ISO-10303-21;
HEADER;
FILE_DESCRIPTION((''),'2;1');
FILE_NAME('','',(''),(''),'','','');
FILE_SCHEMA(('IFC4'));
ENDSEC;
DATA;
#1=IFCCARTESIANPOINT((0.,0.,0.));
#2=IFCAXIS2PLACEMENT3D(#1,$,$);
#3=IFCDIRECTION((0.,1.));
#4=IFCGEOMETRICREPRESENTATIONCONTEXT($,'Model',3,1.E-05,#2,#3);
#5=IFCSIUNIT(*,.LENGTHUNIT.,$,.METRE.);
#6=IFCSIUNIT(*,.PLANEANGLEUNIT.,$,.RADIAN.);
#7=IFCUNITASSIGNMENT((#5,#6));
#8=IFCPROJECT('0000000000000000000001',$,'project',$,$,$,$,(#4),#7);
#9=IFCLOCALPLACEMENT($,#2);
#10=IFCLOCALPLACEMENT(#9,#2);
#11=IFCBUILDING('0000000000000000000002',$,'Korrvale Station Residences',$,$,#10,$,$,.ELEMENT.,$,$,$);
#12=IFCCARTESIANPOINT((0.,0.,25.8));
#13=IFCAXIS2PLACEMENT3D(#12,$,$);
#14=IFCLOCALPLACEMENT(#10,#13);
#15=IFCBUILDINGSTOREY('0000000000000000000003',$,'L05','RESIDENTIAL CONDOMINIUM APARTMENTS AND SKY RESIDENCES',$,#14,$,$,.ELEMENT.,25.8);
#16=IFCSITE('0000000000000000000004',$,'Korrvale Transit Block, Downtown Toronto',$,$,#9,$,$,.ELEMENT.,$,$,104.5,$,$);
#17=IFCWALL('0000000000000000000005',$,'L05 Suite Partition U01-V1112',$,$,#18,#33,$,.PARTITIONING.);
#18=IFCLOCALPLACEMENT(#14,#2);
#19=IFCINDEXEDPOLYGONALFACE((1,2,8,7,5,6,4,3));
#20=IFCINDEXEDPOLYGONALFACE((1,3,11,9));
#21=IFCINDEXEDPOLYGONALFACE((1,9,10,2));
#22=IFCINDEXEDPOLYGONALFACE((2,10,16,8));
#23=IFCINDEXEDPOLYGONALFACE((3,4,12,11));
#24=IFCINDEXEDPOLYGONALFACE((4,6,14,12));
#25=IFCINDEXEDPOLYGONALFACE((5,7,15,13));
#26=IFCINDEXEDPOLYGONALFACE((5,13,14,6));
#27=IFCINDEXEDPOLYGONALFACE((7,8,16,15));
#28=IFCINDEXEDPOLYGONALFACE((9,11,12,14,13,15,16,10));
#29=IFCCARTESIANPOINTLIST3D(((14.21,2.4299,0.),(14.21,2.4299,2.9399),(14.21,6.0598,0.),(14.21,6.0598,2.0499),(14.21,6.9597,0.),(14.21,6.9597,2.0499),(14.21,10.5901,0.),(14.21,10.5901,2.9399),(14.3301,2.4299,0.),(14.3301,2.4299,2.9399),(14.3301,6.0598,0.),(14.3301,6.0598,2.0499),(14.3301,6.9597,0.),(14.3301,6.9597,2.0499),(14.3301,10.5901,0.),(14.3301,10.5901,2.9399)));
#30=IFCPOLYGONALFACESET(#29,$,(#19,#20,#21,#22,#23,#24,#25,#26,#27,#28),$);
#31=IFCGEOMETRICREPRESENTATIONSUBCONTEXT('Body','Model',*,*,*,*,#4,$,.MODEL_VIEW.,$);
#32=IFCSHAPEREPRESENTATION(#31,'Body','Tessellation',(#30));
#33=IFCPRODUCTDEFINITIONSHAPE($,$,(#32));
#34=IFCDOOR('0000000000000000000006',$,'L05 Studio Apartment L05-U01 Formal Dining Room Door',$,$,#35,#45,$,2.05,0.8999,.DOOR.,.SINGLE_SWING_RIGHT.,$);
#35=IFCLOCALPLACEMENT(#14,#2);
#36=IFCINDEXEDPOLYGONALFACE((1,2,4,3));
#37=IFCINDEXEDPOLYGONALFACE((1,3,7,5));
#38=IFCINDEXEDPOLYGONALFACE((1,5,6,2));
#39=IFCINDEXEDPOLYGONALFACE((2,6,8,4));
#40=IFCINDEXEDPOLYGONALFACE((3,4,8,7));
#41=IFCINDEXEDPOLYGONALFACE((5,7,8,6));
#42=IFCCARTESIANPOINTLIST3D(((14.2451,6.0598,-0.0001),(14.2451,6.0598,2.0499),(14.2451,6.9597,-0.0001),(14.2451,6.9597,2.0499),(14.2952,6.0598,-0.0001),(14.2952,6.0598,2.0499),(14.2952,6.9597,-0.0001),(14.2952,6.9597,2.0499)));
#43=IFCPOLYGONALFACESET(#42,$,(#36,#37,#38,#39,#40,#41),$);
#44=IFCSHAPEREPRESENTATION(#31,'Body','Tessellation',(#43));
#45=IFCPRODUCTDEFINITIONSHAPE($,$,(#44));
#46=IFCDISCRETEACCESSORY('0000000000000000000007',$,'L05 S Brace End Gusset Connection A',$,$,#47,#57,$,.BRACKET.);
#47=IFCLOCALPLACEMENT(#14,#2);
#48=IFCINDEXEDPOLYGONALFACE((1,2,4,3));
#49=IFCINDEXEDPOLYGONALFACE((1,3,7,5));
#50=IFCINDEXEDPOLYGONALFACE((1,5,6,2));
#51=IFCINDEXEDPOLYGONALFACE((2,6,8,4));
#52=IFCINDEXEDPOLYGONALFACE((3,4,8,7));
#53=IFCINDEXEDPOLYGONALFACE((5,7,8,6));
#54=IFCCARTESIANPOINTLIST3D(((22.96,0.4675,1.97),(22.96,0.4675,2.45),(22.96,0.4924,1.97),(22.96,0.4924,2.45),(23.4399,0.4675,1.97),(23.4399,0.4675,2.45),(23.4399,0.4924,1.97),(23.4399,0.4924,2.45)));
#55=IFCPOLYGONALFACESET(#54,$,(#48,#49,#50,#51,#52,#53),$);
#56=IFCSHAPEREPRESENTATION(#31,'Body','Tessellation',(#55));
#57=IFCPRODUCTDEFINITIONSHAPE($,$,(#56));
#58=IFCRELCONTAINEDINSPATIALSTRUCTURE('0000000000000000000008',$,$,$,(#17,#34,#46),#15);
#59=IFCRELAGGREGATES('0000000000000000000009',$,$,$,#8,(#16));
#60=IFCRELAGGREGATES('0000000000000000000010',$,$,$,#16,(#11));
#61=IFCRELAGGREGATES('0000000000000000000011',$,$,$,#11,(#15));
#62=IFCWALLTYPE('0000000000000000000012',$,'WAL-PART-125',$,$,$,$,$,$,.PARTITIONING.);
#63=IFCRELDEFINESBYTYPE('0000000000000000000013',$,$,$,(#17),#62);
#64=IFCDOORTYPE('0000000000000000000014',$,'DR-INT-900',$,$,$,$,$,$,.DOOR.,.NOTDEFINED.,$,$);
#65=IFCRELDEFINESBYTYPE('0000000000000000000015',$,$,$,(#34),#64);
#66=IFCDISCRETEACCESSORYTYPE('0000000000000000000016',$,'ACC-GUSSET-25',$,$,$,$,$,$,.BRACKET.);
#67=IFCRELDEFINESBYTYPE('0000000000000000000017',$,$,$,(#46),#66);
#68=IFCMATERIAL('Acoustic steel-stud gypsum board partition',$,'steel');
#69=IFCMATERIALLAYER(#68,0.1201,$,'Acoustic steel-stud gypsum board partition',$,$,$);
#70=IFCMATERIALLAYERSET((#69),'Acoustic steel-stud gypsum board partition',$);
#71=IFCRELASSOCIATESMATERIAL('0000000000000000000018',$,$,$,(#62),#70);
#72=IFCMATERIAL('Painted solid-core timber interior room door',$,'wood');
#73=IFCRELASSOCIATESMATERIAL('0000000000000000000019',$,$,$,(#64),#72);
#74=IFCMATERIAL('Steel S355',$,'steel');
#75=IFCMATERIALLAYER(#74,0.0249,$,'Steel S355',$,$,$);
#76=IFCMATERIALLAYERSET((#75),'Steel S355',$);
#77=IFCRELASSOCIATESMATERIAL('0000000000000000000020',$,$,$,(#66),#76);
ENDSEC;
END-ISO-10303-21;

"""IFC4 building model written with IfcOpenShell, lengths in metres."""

from ifc_helpers import new_model, si_unit, direction, frame, frame_2d, origin, origin_2d, place, context, subcontext, project, spatial, rectangle, extrude, material, layer, layer_set, type_object, element, fill, save


model = new_model("IFC4")

# Units and contexts
model_context = context("Model", 3, precision=1e-05, world=origin(), true_north=direction((0.0, 1.0)))
body_context = subcontext(model_context, "Body", "Model", "MODEL_VIEW")
ifc_project = project(units=[si_unit("LENGTHUNIT", "METRE"), si_unit("PLANEANGLEUNIT", "RADIAN")], contexts=[model_context])

# Site, building, storey
site_placement = place(None, origin())
site = spatial("IfcSite", under=ifc_project, at=site_placement, Name="Korrvale Transit Block, Downtown Toronto", CompositionType="ELEMENT", RefElevation=104.5)
building_placement = place(site_placement, origin())
building = spatial("IfcBuilding", under=site, at=building_placement, Name="Korrvale Station Residences", CompositionType="ELEMENT")
storey_placement = place(building_placement, frame((0.0, 0.0, 25.8)))
storey = spatial("IfcBuildingStorey", under=building, at=storey_placement, Name="L05", Description="RESIDENTIAL CONDOMINIUM APARTMENTS AND SKY RESIDENCES", CompositionType="ELEMENT", Elevation=25.8)

# Shared definitions
ifc_material_1 = material(Name="Steel S355", Category="steel")

# Shared definitions
ifc_material_2 = material(Name="Acoustic steel-stud gypsum board partition", Category="steel")
ifc_layer_1 = layer(ifc_material_2, 0.1201, Name="Acoustic steel-stud gypsum board partition")
ifc_layer_set_1 = layer_set([ifc_layer_1], Name="Acoustic steel-stud gypsum board partition")
wall_type_1 = type_object("IfcWallType", Name="WAL-PART-125", PredefinedType="PARTITIONING", material=ifc_layer_set_1)
ifc_material_3 = material(Name="Painted solid-core timber interior room door", Category="wood")
door_type_1 = type_object("IfcDoorType", Name="DR-INT-900", OperationType="NOTDEFINED", PredefinedType="DOOR", material=ifc_material_3)

# Wall, opening, door
wall_1_placement = place(storey_placement, frame((14.27, 2.4299, 0.0), z_axis=(0.0, 0.0, 1.0), x_axis=(0.0, 1.0, 0.0)))
wall_1 = element("IfcWall", 1, at=wall_1_placement, inside=storey, type_object=wall_type_1, Name="L05 Suite Partition U01-V1112", PredefinedType="PARTITIONING", context=body_context, shape_type="SweptSolid", body=[
    extrude(rectangle(XDim=8.1602, YDim=0.1201, at=frame_2d((4.0801, 0.0))), origin(), (0.0, 0.0, 1.0), 2.9399),
])
opening_1_placement = place(wall_1_placement, frame((3.6299, 0.0, 0.0)))
opening_1 = element("IfcOpeningElement", 2, at=opening_1_placement, cuts=wall_1, PredefinedType="OPENING", context=body_context, shape_type="SweptSolid", body=[
    extrude(rectangle(XDim=0.8999, YDim=2.05, at=frame_2d((0.45, 1.0249))), frame((0.0, 0.0701, 0.0), z_axis=(0.0, -1.0, 0.0), x_axis=(1.0, 0.0, 0.0)), (0.0, 0.0, 1.0), 0.1401),
])
door_1_placement = place(opening_1_placement, origin())
door_1 = element("IfcDoor", 3, at=door_1_placement, inside=storey, type_object=door_type_1, Name="L05 Studio Apartment L05-U01 Formal Dining Room Door", OperationType="SINGLE_SWING_RIGHT", OverallHeight=2.05, OverallWidth=0.8999, PredefinedType="DOOR", context=body_context, shape_type="SweptSolid", body=[
    extrude(rectangle(XDim=0.8999, YDim=2.05, at=frame_2d((0.45, 1.0249))), frame((0.0, 0.0249, 0.0), z_axis=(0.0, -1.0, 0.0), x_axis=(1.0, 0.0, 0.0)), (0.0, 0.0, 1.0), 0.05),
])
fill(opening_1, door_1)

# Discrete accessory
ifc_layer_2 = layer(ifc_material_1, 0.0249, Name="Steel S355")
ifc_layer_set_2 = layer_set([ifc_layer_2], Name="Steel S355")
discrete_accessory_type = type_object("IfcDiscreteAccessoryType", Name="ACC-GUSSET-25", PredefinedType="BRACKET", material=ifc_layer_set_2)
discrete_accessory_placement = place(storey_placement, frame((23.2, 0.48, 1.97), z_axis=(0.0, 0.0, 1.0), x_axis=(1.0, 0.0, 0.0)))
element("IfcDiscreteAccessory", 4, at=discrete_accessory_placement, inside=storey, type_object=discrete_accessory_type, Name="L05 S Brace End Gusset Connection A", PredefinedType="BRACKET", context=body_context, shape_type="SweptSolid", body=[
    extrude(rectangle(XDim=0.48, YDim=0.0249, at=origin_2d()), origin(), (0.0, 0.0, 1.0), 0.48),
])

save(model, "model.ifc")
